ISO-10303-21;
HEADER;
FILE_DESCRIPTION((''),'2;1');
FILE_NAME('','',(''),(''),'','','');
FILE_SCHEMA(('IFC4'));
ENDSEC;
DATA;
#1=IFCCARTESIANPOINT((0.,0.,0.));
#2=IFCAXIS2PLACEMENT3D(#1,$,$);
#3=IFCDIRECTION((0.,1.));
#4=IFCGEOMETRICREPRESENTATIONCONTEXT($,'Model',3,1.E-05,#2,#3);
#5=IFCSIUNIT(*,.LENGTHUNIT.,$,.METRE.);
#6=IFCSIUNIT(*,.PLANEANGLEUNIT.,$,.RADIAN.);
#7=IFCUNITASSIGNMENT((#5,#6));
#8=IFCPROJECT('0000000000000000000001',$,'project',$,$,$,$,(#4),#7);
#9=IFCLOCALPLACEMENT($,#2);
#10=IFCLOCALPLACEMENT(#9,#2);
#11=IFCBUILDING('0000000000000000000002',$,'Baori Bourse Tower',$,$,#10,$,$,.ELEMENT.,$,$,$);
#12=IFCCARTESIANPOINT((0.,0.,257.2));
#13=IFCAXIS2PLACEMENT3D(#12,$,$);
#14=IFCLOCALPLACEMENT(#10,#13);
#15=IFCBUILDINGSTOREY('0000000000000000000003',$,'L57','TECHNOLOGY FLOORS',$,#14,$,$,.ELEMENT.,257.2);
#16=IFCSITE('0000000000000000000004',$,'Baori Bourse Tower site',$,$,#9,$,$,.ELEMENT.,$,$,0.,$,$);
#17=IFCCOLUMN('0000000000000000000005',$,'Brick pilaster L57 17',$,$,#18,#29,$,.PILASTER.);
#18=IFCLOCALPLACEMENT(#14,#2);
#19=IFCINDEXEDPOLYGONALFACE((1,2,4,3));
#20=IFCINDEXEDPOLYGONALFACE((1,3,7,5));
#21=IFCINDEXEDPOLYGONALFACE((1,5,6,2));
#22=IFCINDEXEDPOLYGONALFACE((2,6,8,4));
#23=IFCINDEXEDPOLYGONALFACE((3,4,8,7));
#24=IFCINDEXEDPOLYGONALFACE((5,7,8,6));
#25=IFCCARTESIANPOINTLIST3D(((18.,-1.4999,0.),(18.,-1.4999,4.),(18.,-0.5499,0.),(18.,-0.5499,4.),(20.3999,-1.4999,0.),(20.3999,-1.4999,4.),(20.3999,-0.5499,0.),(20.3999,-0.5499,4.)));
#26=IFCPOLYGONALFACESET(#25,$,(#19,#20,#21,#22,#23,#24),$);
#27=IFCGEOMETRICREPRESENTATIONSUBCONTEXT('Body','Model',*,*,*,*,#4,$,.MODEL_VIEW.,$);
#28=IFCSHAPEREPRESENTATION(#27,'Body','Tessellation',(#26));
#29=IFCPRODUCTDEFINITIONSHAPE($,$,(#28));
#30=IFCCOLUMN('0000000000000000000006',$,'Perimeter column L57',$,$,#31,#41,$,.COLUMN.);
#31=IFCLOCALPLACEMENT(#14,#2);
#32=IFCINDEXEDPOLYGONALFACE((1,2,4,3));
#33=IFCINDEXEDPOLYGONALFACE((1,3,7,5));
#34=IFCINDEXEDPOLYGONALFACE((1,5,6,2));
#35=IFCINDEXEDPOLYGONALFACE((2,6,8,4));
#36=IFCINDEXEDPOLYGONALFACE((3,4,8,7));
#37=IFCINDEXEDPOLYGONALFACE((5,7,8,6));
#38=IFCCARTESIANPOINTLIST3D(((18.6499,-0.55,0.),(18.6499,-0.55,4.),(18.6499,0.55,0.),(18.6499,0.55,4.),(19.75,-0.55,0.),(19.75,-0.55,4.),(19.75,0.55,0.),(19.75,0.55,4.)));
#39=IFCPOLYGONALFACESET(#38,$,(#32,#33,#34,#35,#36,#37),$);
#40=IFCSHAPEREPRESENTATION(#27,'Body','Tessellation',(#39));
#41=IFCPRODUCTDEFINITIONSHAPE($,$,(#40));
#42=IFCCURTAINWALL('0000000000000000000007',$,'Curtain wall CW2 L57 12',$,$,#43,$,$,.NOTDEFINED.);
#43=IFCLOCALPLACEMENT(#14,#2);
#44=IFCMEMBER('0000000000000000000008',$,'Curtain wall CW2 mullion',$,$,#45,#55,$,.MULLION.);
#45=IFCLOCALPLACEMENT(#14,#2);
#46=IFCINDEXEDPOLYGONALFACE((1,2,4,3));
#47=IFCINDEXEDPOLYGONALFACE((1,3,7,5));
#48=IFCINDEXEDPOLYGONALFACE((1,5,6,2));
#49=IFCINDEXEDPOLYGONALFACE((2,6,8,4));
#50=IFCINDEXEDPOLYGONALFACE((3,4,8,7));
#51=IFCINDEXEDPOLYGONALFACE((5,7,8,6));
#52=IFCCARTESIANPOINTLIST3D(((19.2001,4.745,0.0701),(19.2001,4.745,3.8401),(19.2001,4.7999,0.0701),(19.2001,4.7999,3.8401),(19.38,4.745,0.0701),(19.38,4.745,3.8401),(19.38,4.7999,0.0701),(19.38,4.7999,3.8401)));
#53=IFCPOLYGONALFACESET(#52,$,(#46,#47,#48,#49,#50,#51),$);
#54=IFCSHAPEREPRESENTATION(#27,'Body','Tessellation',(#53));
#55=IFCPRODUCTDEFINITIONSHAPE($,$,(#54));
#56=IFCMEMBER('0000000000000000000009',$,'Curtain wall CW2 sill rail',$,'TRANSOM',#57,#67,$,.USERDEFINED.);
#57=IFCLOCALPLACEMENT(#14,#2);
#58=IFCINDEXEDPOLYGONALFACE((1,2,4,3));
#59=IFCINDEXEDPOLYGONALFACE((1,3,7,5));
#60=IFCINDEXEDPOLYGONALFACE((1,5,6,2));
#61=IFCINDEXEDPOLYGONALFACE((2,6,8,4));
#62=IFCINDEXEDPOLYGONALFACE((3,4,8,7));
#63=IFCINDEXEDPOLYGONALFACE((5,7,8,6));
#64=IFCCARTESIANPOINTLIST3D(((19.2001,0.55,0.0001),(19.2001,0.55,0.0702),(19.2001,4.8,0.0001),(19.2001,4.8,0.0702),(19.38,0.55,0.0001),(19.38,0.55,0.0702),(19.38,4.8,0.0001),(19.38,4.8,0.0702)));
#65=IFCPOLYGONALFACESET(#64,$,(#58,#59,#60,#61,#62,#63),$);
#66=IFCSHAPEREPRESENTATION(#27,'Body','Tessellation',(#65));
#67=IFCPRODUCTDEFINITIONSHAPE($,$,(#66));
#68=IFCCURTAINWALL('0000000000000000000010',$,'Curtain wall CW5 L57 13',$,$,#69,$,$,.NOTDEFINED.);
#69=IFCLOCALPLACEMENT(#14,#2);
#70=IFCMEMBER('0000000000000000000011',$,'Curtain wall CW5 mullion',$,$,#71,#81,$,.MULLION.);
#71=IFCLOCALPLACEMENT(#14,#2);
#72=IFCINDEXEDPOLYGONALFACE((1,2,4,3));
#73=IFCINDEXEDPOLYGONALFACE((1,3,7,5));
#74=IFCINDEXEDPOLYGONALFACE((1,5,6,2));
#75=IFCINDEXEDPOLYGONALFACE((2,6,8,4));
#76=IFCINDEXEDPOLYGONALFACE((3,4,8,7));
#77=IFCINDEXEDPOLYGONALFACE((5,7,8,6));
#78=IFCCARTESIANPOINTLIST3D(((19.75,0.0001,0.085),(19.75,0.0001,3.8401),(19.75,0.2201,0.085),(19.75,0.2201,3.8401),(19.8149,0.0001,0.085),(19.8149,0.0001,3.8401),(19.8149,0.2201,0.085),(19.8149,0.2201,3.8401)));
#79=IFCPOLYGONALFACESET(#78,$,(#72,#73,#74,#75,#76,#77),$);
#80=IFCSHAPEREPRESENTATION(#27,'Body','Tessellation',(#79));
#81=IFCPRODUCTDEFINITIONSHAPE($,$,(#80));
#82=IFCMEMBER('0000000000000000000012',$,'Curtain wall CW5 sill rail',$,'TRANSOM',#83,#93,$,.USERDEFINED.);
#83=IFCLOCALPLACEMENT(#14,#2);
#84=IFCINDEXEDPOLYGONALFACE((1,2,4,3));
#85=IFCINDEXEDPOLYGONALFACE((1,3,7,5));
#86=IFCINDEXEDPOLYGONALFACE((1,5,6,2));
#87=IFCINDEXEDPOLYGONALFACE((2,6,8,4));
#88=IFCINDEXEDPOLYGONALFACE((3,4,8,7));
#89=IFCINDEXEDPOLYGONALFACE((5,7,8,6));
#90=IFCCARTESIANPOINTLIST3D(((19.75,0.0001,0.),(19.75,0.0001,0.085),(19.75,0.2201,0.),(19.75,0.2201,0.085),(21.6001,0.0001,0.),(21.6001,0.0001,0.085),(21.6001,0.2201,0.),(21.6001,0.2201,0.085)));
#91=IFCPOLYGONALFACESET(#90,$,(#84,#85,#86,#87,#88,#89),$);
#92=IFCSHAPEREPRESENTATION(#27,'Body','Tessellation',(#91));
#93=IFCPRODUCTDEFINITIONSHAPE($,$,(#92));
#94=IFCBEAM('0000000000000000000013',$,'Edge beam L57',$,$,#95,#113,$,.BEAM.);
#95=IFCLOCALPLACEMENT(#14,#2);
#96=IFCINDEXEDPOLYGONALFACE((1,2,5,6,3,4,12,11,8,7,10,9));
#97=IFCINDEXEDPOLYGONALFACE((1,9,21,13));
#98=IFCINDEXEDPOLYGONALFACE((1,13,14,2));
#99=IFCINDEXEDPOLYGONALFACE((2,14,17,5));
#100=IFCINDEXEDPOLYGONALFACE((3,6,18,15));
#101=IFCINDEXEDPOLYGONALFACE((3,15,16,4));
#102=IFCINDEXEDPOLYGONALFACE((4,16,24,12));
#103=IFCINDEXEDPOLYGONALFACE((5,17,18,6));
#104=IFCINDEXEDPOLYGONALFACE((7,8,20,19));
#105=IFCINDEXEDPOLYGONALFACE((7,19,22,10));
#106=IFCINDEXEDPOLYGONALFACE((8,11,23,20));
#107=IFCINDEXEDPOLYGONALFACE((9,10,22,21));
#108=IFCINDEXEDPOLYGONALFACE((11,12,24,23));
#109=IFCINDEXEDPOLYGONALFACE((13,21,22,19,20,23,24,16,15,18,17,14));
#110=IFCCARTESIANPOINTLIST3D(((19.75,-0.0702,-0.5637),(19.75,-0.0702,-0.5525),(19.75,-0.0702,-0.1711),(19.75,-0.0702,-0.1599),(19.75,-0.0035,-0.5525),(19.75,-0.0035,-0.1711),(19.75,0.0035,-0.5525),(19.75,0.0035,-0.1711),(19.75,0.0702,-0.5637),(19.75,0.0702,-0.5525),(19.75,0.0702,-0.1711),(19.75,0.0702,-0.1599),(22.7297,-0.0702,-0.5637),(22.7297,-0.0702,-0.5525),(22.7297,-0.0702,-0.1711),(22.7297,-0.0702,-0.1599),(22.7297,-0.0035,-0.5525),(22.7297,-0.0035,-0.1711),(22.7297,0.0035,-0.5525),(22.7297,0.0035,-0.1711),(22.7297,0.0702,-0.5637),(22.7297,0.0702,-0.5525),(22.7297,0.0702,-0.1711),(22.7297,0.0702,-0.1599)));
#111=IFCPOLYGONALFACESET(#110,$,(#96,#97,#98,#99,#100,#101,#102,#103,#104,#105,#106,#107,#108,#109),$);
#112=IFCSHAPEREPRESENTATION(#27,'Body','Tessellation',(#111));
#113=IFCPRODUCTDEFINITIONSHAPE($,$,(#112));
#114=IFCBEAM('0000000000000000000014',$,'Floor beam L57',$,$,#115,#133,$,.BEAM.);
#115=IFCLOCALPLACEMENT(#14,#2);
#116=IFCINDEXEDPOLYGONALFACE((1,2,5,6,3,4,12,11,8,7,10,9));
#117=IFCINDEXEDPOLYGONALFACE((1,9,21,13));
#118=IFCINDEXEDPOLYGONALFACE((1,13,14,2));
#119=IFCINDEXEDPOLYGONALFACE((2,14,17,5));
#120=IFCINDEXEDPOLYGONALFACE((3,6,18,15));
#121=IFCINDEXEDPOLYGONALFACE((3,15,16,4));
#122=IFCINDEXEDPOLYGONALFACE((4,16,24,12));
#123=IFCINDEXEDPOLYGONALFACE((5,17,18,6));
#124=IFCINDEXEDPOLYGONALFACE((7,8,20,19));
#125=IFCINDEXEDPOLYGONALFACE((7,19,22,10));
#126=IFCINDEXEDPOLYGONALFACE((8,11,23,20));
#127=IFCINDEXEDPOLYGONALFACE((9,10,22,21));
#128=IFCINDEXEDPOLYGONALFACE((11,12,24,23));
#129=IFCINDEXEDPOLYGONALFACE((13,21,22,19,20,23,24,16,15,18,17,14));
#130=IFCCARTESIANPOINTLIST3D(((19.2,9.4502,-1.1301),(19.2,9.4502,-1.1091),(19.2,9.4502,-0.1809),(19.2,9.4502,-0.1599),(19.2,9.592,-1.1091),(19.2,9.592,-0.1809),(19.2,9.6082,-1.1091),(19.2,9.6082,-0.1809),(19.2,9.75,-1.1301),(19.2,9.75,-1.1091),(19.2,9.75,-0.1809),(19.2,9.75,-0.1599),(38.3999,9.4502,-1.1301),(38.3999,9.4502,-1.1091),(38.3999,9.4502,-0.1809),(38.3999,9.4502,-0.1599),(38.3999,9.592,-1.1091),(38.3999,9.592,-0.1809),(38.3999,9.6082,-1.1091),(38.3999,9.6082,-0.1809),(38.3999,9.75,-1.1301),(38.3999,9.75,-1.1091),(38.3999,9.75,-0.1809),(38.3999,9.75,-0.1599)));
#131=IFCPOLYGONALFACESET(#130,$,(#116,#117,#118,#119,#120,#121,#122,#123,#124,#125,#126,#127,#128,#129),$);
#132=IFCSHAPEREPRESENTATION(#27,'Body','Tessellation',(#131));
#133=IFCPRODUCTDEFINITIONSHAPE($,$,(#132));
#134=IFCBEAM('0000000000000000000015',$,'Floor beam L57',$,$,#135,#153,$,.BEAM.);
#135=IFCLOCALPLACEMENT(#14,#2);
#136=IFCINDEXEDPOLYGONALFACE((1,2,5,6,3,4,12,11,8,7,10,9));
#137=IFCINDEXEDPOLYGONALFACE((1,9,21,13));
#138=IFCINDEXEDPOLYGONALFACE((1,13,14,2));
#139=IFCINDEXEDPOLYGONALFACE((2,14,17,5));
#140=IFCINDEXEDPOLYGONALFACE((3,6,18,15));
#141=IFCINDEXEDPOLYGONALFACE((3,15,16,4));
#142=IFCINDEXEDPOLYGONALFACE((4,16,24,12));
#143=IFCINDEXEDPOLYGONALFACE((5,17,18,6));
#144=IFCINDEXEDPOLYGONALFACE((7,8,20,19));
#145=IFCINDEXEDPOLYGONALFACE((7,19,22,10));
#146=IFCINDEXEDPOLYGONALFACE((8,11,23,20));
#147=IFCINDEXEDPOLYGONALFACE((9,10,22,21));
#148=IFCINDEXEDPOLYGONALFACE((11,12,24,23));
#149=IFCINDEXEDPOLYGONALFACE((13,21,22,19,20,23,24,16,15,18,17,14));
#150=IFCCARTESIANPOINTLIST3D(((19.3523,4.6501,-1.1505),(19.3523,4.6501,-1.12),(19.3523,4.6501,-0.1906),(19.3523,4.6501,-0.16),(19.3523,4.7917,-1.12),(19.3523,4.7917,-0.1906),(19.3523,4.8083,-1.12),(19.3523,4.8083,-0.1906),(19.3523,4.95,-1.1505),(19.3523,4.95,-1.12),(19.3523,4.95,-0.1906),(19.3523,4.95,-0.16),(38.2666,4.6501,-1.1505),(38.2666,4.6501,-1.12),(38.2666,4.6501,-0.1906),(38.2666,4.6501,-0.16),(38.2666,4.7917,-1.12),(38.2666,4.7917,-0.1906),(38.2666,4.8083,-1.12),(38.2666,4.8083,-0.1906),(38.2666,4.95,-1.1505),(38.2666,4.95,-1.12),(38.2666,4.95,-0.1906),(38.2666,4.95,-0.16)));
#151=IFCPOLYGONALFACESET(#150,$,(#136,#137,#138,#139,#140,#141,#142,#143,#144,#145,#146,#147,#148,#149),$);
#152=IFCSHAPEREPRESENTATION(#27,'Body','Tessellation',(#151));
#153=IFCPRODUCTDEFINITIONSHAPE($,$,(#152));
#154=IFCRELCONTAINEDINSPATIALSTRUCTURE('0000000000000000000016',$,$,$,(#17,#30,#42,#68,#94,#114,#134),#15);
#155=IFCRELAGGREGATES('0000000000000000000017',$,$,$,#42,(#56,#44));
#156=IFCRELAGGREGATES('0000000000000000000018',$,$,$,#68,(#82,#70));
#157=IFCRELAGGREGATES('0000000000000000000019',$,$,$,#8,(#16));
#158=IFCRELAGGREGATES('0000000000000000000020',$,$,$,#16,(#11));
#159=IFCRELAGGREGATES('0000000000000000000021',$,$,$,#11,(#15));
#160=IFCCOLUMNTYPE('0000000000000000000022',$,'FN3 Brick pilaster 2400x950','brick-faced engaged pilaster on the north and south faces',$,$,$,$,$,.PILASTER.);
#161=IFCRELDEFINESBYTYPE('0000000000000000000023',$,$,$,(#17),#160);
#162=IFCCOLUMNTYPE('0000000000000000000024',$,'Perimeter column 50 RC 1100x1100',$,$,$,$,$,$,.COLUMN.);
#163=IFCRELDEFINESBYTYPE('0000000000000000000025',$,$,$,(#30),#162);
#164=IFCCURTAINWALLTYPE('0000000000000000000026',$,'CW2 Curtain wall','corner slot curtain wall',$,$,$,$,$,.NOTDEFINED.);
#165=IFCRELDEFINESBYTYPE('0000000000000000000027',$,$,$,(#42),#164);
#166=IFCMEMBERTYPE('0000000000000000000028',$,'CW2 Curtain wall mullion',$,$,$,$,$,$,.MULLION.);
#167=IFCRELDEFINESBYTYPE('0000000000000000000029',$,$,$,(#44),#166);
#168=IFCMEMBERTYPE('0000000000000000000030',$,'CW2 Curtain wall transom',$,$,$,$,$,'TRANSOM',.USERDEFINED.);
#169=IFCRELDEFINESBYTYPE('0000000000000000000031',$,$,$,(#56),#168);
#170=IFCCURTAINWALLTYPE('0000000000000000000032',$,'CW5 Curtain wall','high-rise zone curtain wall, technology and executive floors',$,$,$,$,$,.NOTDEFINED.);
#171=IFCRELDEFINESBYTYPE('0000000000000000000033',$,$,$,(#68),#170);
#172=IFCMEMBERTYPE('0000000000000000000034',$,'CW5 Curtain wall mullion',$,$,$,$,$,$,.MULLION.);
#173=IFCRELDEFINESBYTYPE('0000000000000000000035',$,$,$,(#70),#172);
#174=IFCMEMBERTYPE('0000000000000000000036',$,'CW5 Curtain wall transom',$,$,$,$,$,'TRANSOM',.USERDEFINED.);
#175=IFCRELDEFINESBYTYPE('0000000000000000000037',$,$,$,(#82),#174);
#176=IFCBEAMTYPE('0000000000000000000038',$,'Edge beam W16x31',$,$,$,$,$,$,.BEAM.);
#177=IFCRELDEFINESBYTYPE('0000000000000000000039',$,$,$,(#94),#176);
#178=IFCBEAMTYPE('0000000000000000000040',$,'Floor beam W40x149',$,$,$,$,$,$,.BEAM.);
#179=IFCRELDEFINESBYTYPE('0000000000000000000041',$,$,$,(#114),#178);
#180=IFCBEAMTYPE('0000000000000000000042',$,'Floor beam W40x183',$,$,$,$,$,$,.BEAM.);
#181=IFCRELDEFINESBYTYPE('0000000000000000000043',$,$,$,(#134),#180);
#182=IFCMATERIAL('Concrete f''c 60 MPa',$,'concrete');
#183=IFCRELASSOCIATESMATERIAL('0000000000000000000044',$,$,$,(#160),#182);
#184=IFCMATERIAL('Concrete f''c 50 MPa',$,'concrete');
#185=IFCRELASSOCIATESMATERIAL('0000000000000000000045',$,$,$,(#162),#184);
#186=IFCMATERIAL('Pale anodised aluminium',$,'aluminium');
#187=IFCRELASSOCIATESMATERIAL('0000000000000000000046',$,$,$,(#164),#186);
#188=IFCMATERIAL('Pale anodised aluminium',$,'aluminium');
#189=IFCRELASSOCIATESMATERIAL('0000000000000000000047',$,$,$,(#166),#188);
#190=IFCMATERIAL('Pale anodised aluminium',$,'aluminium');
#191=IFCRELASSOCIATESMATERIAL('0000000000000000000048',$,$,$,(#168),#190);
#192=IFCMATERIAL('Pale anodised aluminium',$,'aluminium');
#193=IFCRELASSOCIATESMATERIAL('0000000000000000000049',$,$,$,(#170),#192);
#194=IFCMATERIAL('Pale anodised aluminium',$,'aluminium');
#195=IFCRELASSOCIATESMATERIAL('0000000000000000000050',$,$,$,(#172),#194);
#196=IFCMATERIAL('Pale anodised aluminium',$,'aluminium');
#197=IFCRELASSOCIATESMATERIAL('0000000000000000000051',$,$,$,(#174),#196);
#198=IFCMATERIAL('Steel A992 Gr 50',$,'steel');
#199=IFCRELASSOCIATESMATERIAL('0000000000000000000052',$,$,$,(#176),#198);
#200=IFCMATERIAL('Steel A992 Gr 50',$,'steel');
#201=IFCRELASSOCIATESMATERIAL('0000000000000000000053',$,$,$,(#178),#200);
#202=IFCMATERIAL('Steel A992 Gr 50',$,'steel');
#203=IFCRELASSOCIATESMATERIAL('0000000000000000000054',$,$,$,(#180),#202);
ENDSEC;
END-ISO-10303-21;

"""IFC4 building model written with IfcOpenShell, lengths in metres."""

from ifc_helpers import new_model, si_unit, direction, frame, origin, origin_2d, place, context, subcontext, project, spatial, rectangle, i_section, extrude, material, material_profile, profile_set, type_object, element, aggregate, save


model = new_model("IFC4")

# Units and contexts
model_context = context("Model", 3, precision=1e-05, world=origin(), true_north=direction((0.0, 1.0)))
body_context = subcontext(model_context, "Body", "Model", "MODEL_VIEW")
ifc_project = project(units=[si_unit("LENGTHUNIT", "METRE"), si_unit("PLANEANGLEUNIT", "RADIAN")], contexts=[model_context])

# Site, building, storey
site_placement = place(None, origin())
site = spatial("IfcSite", under=ifc_project, at=site_placement, Name="Baori Bourse Tower site", CompositionType="ELEMENT", RefElevation=0.0)
building_placement = place(site_placement, origin())
building = spatial("IfcBuilding", under=site, at=building_placement, Name="Baori Bourse Tower", CompositionType="ELEMENT")
storey_placement = place(building_placement, frame((0.0, 0.0, 257.2)))
storey = spatial("IfcBuildingStorey", under=building, at=storey_placement, Name="L57", Description="TECHNOLOGY FLOORS", CompositionType="ELEMENT", Elevation=257.2)

# Columns
ifc_material_1 = material(Name="Concrete f'c 60 MPa", Category="concrete")
ifc_material_profile_1 = material_profile(ifc_material_1, rectangle(XDim=2.3999, YDim=0.95, at=origin_2d()), Name="RC 2400x950")
ifc_profile_set_1 = profile_set([ifc_material_profile_1], Name="Concrete f'c 60 MPa")
column_type_1 = type_object("IfcColumnType", Name="FN3 Brick pilaster 2400x950", Description="brick-faced engaged pilaster on the north and south faces", PredefinedType="PILASTER", material=ifc_profile_set_1)
column_1_placement = place(storey_placement, frame((19.2, -1.0249, 0.0), z_axis=(0.0, 0.0, 1.0), x_axis=(1.0, 0.0, 0.0)))
element("IfcColumn", 1, at=column_1_placement, inside=storey, type_object=column_type_1, Name="Brick pilaster L57 17", PredefinedType="PILASTER", context=body_context, shape_type="SweptSolid", body=[
    extrude(rectangle(XDim=2.3999, YDim=0.95, at=origin_2d()), origin(), (0.0, 0.0, 1.0), 4.0),
])
ifc_material_2 = material(Name="Concrete f'c 50 MPa", Category="concrete")
ifc_material_profile_2 = material_profile(ifc_material_2, rectangle(XDim=1.1001, YDim=1.1001, at=origin_2d()), Name="RC 1100x1100")
ifc_profile_set_2 = profile_set([ifc_material_profile_2], Name="Concrete f'c 50 MPa")
column_type_2 = type_object("IfcColumnType", Name="Perimeter column 50 RC 1100x1100", PredefinedType="COLUMN", material=ifc_profile_set_2)
column_2_placement = place(storey_placement, frame((19.2, 0.0, 0.0), z_axis=(0.0, 0.0, 1.0), x_axis=(1.0, 0.0, 0.0)))
element("IfcColumn", 2, at=column_2_placement, inside=storey, type_object=column_type_2, Name="Perimeter column L57", PredefinedType="COLUMN", context=body_context, shape_type="SweptSolid", body=[
    extrude(rectangle(XDim=1.1001, YDim=1.1001, at=origin_2d()), origin(), (0.0, 0.0, 1.0), 4.0),
])

# Curtain walls, members
ifc_material_3 = material(Name="Pale anodised aluminium", Category="aluminium")
curtain_wall_type_1 = type_object("IfcCurtainWallType", Name="CW2 Curtain wall", Description="corner slot curtain wall", PredefinedType="NOTDEFINED", material=ifc_material_3)
curtain_wall_1_placement = place(storey_placement, origin())
curtain_wall_1 = element("IfcCurtainWall", 3, at=curtain_wall_1_placement, inside=storey, type_object=curtain_wall_type_1, Name="Curtain wall CW2 L57 12", PredefinedType="NOTDEFINED")
ifc_material_4 = material(Name="Pale anodised aluminium", Category="aluminium")
ifc_material_profile_3 = material_profile(ifc_material_4, rectangle(XDim=0.1799, YDim=0.0549, at=origin_2d()), Name="Mullion 55x180")
ifc_profile_set_3 = profile_set([ifc_material_profile_3], Name="Pale anodised aluminium")
member_type_1 = type_object("IfcMemberType", Name="CW2 Curtain wall mullion", PredefinedType="MULLION", material=ifc_profile_set_3)
member_1_placement = place(storey_placement, frame((19.29, 4.7725, 0.0701), z_axis=(0.0, 0.0, 1.0), x_axis=(1.0, 0.0, 0.0)))
member_1 = element("IfcMember", 4, at=member_1_placement, type_object=member_type_1, Name="Curtain wall CW2 mullion", PredefinedType="MULLION", context=body_context, shape_type="SweptSolid", body=[
    extrude(rectangle(XDim=0.1799, YDim=0.0549, at=origin_2d()), origin(), (0.0, 0.0, 1.0), 3.77),
])
ifc_material_5 = material(Name="Pale anodised aluminium", Category="aluminium")
ifc_material_profile_4 = material_profile(ifc_material_5, rectangle(XDim=0.1799, YDim=0.0701, at=origin_2d()), Name="Transom 70x180")
ifc_profile_set_4 = profile_set([ifc_material_profile_4], Name="Pale anodised aluminium")
member_type_2 = type_object("IfcMemberType", Name="CW2 Curtain wall transom", ElementType="TRANSOM", PredefinedType="USERDEFINED", material=ifc_profile_set_4)
member_2_placement = place(storey_placement, frame((19.29, 4.8, 0.0352), z_axis=(0.0, -1.0, 0.0), x_axis=(1.0, 0.0, 0.0)))
member_2 = element("IfcMember", 5, at=member_2_placement, type_object=member_type_2, Name="Curtain wall CW2 sill rail", ObjectType="TRANSOM", PredefinedType="USERDEFINED", context=body_context, shape_type="SweptSolid", body=[
    extrude(rectangle(XDim=0.1799, YDim=0.0701, at=origin_2d()), origin(), (0.0, 0.0, 1.0), 4.25),
])
ifc_material_6 = material(Name="Pale anodised aluminium", Category="aluminium")
curtain_wall_type_2 = type_object("IfcCurtainWallType", Name="CW5 Curtain wall", Description="high-rise zone curtain wall, technology and executive floors", PredefinedType="NOTDEFINED", material=ifc_material_6)
curtain_wall_2_placement = place(storey_placement, origin())
curtain_wall_2 = element("IfcCurtainWall", 6, at=curtain_wall_2_placement, inside=storey, type_object=curtain_wall_type_2, Name="Curtain wall CW5 L57 13", PredefinedType="NOTDEFINED")
ifc_material_7 = material(Name="Pale anodised aluminium", Category="aluminium")
ifc_material_profile_5 = material_profile(ifc_material_7, rectangle(XDim=0.22, YDim=0.0649, at=origin_2d()), Name="Mullion 65x220")
ifc_profile_set_5 = profile_set([ifc_material_profile_5], Name="Pale anodised aluminium")
member_type_3 = type_object("IfcMemberType", Name="CW5 Curtain wall mullion", PredefinedType="MULLION", material=ifc_profile_set_5)
member_3_placement = place(storey_placement, frame((19.7825, 0.1101, 0.085), z_axis=(0.0, 0.0, 1.0), x_axis=(0.0, 1.0, 0.0)))
member_3 = element("IfcMember", 7, at=member_3_placement, type_object=member_type_3, Name="Curtain wall CW5 mullion", PredefinedType="MULLION", context=body_context, shape_type="SweptSolid", body=[
    extrude(rectangle(XDim=0.22, YDim=0.0649, at=origin_2d()), origin(), (0.0, 0.0, 1.0), 3.7551),
])
ifc_material_8 = material(Name="Pale anodised aluminium", Category="aluminium")
ifc_material_profile_6 = material_profile(ifc_material_8, rectangle(XDim=0.22, YDim=0.085, at=origin_2d()), Name="Transom 85x220")
ifc_profile_set_6 = profile_set([ifc_material_profile_6], Name="Pale anodised aluminium")
member_type_4 = type_object("IfcMemberType", Name="CW5 Curtain wall transom", ElementType="TRANSOM", PredefinedType="USERDEFINED", material=ifc_profile_set_6)
member_4_placement = place(storey_placement, frame((19.75, 0.1101, 0.0425), z_axis=(1.0, 0.0, 0.0), x_axis=(0.0, 1.0, 0.0)))
member_4 = element("IfcMember", 8, at=member_4_placement, type_object=member_type_4, Name="Curtain wall CW5 sill rail", ObjectType="TRANSOM", PredefinedType="USERDEFINED", context=body_context, shape_type="SweptSolid", body=[
    extrude(rectangle(XDim=0.22, YDim=0.085, at=origin_2d()), origin(), (0.0, 0.0, 1.0), 1.8501),
])

# Beams
ifc_material_9 = material(Name="Steel A992 Gr 50", Category="steel")
ifc_material_profile_7 = material_profile(ifc_material_9, i_section(OverallWidth=0.1404, OverallDepth=0.4038, WebThickness=0.0071, FlangeThickness=0.0112, at=origin_2d()), Name="W16x31")
ifc_profile_set_7 = profile_set([ifc_material_profile_7], Name="Steel A992 Gr 50")
beam_type_1 = type_object("IfcBeamType", Name="Edge beam W16x31", PredefinedType="BEAM", material=ifc_profile_set_7)
beam_1_placement = place(storey_placement, frame((19.75, 0.0, -0.3618), z_axis=(1.0, 0.0, 0.0), x_axis=(0.0, 1.0, 0.0)))
element("IfcBeam", 9, at=beam_1_placement, inside=storey, type_object=beam_type_1, Name="Edge beam L57", PredefinedType="BEAM", context=body_context, shape_type="SweptSolid", body=[
    extrude(i_section(OverallWidth=0.1404, OverallDepth=0.4038, WebThickness=0.0071, FlangeThickness=0.0112, at=origin_2d()), origin(), (0.0, 0.0, 1.0), 2.9797),
])
ifc_material_10 = material(Name="Steel A992 Gr 50", Category="steel")
ifc_material_profile_8 = material_profile(ifc_material_10, i_section(OverallWidth=0.2998, OverallDepth=0.9702, WebThickness=0.0161, FlangeThickness=0.021, at=origin_2d()), Name="W40x149")
ifc_profile_set_8 = profile_set([ifc_material_profile_8], Name="Steel A992 Gr 50")
beam_type_2 = type_object("IfcBeamType", Name="Floor beam W40x149", PredefinedType="BEAM", material=ifc_profile_set_8)
beam_2_placement = place(storey_placement, frame((19.2, 9.6001, -0.645), z_axis=(1.0, 0.0, 0.0), x_axis=(0.0, 1.0, 0.0)))
element("IfcBeam", 10, at=beam_2_placement, inside=storey, type_object=beam_type_2, Name="Floor beam L57", PredefinedType="BEAM", context=body_context, shape_type="SweptSolid", body=[
    extrude(i_section(OverallWidth=0.2998, OverallDepth=0.9702, WebThickness=0.0161, FlangeThickness=0.021, at=origin_2d()), origin(), (0.0, 0.0, 1.0), 19.2),
])
ifc_material_11 = material(Name="Steel A992 Gr 50", Category="steel")
ifc_material_profile_9 = material_profile(ifc_material_11, i_section(OverallWidth=0.2998, OverallDepth=0.9905, WebThickness=0.0166, FlangeThickness=0.0305, at=origin_2d()), Name="W40x183")
ifc_profile_set_9 = profile_set([ifc_material_profile_9], Name="Steel A992 Gr 50")
beam_type_3 = type_object("IfcBeamType", Name="Floor beam W40x183", PredefinedType="BEAM", material=ifc_profile_set_9)
beam_3_placement = place(storey_placement, frame((19.3523, 4.8, -0.6553), z_axis=(1.0, 0.0, 0.0), x_axis=(0.0, 1.0, 0.0)))
element("IfcBeam", 11, at=beam_3_placement, inside=storey, type_object=beam_type_3, Name="Floor beam L57", PredefinedType="BEAM", context=body_context, shape_type="SweptSolid", body=[
    extrude(i_section(OverallWidth=0.2998, OverallDepth=0.9905, WebThickness=0.0166, FlangeThickness=0.0305, at=origin_2d()), origin(), (0.0, 0.0, 1.0), 18.9143),
])

aggregate(curtain_wall_1, [member_2, member_1])
aggregate(curtain_wall_2, [member_4, member_3])

save(model, "model.ifc")
